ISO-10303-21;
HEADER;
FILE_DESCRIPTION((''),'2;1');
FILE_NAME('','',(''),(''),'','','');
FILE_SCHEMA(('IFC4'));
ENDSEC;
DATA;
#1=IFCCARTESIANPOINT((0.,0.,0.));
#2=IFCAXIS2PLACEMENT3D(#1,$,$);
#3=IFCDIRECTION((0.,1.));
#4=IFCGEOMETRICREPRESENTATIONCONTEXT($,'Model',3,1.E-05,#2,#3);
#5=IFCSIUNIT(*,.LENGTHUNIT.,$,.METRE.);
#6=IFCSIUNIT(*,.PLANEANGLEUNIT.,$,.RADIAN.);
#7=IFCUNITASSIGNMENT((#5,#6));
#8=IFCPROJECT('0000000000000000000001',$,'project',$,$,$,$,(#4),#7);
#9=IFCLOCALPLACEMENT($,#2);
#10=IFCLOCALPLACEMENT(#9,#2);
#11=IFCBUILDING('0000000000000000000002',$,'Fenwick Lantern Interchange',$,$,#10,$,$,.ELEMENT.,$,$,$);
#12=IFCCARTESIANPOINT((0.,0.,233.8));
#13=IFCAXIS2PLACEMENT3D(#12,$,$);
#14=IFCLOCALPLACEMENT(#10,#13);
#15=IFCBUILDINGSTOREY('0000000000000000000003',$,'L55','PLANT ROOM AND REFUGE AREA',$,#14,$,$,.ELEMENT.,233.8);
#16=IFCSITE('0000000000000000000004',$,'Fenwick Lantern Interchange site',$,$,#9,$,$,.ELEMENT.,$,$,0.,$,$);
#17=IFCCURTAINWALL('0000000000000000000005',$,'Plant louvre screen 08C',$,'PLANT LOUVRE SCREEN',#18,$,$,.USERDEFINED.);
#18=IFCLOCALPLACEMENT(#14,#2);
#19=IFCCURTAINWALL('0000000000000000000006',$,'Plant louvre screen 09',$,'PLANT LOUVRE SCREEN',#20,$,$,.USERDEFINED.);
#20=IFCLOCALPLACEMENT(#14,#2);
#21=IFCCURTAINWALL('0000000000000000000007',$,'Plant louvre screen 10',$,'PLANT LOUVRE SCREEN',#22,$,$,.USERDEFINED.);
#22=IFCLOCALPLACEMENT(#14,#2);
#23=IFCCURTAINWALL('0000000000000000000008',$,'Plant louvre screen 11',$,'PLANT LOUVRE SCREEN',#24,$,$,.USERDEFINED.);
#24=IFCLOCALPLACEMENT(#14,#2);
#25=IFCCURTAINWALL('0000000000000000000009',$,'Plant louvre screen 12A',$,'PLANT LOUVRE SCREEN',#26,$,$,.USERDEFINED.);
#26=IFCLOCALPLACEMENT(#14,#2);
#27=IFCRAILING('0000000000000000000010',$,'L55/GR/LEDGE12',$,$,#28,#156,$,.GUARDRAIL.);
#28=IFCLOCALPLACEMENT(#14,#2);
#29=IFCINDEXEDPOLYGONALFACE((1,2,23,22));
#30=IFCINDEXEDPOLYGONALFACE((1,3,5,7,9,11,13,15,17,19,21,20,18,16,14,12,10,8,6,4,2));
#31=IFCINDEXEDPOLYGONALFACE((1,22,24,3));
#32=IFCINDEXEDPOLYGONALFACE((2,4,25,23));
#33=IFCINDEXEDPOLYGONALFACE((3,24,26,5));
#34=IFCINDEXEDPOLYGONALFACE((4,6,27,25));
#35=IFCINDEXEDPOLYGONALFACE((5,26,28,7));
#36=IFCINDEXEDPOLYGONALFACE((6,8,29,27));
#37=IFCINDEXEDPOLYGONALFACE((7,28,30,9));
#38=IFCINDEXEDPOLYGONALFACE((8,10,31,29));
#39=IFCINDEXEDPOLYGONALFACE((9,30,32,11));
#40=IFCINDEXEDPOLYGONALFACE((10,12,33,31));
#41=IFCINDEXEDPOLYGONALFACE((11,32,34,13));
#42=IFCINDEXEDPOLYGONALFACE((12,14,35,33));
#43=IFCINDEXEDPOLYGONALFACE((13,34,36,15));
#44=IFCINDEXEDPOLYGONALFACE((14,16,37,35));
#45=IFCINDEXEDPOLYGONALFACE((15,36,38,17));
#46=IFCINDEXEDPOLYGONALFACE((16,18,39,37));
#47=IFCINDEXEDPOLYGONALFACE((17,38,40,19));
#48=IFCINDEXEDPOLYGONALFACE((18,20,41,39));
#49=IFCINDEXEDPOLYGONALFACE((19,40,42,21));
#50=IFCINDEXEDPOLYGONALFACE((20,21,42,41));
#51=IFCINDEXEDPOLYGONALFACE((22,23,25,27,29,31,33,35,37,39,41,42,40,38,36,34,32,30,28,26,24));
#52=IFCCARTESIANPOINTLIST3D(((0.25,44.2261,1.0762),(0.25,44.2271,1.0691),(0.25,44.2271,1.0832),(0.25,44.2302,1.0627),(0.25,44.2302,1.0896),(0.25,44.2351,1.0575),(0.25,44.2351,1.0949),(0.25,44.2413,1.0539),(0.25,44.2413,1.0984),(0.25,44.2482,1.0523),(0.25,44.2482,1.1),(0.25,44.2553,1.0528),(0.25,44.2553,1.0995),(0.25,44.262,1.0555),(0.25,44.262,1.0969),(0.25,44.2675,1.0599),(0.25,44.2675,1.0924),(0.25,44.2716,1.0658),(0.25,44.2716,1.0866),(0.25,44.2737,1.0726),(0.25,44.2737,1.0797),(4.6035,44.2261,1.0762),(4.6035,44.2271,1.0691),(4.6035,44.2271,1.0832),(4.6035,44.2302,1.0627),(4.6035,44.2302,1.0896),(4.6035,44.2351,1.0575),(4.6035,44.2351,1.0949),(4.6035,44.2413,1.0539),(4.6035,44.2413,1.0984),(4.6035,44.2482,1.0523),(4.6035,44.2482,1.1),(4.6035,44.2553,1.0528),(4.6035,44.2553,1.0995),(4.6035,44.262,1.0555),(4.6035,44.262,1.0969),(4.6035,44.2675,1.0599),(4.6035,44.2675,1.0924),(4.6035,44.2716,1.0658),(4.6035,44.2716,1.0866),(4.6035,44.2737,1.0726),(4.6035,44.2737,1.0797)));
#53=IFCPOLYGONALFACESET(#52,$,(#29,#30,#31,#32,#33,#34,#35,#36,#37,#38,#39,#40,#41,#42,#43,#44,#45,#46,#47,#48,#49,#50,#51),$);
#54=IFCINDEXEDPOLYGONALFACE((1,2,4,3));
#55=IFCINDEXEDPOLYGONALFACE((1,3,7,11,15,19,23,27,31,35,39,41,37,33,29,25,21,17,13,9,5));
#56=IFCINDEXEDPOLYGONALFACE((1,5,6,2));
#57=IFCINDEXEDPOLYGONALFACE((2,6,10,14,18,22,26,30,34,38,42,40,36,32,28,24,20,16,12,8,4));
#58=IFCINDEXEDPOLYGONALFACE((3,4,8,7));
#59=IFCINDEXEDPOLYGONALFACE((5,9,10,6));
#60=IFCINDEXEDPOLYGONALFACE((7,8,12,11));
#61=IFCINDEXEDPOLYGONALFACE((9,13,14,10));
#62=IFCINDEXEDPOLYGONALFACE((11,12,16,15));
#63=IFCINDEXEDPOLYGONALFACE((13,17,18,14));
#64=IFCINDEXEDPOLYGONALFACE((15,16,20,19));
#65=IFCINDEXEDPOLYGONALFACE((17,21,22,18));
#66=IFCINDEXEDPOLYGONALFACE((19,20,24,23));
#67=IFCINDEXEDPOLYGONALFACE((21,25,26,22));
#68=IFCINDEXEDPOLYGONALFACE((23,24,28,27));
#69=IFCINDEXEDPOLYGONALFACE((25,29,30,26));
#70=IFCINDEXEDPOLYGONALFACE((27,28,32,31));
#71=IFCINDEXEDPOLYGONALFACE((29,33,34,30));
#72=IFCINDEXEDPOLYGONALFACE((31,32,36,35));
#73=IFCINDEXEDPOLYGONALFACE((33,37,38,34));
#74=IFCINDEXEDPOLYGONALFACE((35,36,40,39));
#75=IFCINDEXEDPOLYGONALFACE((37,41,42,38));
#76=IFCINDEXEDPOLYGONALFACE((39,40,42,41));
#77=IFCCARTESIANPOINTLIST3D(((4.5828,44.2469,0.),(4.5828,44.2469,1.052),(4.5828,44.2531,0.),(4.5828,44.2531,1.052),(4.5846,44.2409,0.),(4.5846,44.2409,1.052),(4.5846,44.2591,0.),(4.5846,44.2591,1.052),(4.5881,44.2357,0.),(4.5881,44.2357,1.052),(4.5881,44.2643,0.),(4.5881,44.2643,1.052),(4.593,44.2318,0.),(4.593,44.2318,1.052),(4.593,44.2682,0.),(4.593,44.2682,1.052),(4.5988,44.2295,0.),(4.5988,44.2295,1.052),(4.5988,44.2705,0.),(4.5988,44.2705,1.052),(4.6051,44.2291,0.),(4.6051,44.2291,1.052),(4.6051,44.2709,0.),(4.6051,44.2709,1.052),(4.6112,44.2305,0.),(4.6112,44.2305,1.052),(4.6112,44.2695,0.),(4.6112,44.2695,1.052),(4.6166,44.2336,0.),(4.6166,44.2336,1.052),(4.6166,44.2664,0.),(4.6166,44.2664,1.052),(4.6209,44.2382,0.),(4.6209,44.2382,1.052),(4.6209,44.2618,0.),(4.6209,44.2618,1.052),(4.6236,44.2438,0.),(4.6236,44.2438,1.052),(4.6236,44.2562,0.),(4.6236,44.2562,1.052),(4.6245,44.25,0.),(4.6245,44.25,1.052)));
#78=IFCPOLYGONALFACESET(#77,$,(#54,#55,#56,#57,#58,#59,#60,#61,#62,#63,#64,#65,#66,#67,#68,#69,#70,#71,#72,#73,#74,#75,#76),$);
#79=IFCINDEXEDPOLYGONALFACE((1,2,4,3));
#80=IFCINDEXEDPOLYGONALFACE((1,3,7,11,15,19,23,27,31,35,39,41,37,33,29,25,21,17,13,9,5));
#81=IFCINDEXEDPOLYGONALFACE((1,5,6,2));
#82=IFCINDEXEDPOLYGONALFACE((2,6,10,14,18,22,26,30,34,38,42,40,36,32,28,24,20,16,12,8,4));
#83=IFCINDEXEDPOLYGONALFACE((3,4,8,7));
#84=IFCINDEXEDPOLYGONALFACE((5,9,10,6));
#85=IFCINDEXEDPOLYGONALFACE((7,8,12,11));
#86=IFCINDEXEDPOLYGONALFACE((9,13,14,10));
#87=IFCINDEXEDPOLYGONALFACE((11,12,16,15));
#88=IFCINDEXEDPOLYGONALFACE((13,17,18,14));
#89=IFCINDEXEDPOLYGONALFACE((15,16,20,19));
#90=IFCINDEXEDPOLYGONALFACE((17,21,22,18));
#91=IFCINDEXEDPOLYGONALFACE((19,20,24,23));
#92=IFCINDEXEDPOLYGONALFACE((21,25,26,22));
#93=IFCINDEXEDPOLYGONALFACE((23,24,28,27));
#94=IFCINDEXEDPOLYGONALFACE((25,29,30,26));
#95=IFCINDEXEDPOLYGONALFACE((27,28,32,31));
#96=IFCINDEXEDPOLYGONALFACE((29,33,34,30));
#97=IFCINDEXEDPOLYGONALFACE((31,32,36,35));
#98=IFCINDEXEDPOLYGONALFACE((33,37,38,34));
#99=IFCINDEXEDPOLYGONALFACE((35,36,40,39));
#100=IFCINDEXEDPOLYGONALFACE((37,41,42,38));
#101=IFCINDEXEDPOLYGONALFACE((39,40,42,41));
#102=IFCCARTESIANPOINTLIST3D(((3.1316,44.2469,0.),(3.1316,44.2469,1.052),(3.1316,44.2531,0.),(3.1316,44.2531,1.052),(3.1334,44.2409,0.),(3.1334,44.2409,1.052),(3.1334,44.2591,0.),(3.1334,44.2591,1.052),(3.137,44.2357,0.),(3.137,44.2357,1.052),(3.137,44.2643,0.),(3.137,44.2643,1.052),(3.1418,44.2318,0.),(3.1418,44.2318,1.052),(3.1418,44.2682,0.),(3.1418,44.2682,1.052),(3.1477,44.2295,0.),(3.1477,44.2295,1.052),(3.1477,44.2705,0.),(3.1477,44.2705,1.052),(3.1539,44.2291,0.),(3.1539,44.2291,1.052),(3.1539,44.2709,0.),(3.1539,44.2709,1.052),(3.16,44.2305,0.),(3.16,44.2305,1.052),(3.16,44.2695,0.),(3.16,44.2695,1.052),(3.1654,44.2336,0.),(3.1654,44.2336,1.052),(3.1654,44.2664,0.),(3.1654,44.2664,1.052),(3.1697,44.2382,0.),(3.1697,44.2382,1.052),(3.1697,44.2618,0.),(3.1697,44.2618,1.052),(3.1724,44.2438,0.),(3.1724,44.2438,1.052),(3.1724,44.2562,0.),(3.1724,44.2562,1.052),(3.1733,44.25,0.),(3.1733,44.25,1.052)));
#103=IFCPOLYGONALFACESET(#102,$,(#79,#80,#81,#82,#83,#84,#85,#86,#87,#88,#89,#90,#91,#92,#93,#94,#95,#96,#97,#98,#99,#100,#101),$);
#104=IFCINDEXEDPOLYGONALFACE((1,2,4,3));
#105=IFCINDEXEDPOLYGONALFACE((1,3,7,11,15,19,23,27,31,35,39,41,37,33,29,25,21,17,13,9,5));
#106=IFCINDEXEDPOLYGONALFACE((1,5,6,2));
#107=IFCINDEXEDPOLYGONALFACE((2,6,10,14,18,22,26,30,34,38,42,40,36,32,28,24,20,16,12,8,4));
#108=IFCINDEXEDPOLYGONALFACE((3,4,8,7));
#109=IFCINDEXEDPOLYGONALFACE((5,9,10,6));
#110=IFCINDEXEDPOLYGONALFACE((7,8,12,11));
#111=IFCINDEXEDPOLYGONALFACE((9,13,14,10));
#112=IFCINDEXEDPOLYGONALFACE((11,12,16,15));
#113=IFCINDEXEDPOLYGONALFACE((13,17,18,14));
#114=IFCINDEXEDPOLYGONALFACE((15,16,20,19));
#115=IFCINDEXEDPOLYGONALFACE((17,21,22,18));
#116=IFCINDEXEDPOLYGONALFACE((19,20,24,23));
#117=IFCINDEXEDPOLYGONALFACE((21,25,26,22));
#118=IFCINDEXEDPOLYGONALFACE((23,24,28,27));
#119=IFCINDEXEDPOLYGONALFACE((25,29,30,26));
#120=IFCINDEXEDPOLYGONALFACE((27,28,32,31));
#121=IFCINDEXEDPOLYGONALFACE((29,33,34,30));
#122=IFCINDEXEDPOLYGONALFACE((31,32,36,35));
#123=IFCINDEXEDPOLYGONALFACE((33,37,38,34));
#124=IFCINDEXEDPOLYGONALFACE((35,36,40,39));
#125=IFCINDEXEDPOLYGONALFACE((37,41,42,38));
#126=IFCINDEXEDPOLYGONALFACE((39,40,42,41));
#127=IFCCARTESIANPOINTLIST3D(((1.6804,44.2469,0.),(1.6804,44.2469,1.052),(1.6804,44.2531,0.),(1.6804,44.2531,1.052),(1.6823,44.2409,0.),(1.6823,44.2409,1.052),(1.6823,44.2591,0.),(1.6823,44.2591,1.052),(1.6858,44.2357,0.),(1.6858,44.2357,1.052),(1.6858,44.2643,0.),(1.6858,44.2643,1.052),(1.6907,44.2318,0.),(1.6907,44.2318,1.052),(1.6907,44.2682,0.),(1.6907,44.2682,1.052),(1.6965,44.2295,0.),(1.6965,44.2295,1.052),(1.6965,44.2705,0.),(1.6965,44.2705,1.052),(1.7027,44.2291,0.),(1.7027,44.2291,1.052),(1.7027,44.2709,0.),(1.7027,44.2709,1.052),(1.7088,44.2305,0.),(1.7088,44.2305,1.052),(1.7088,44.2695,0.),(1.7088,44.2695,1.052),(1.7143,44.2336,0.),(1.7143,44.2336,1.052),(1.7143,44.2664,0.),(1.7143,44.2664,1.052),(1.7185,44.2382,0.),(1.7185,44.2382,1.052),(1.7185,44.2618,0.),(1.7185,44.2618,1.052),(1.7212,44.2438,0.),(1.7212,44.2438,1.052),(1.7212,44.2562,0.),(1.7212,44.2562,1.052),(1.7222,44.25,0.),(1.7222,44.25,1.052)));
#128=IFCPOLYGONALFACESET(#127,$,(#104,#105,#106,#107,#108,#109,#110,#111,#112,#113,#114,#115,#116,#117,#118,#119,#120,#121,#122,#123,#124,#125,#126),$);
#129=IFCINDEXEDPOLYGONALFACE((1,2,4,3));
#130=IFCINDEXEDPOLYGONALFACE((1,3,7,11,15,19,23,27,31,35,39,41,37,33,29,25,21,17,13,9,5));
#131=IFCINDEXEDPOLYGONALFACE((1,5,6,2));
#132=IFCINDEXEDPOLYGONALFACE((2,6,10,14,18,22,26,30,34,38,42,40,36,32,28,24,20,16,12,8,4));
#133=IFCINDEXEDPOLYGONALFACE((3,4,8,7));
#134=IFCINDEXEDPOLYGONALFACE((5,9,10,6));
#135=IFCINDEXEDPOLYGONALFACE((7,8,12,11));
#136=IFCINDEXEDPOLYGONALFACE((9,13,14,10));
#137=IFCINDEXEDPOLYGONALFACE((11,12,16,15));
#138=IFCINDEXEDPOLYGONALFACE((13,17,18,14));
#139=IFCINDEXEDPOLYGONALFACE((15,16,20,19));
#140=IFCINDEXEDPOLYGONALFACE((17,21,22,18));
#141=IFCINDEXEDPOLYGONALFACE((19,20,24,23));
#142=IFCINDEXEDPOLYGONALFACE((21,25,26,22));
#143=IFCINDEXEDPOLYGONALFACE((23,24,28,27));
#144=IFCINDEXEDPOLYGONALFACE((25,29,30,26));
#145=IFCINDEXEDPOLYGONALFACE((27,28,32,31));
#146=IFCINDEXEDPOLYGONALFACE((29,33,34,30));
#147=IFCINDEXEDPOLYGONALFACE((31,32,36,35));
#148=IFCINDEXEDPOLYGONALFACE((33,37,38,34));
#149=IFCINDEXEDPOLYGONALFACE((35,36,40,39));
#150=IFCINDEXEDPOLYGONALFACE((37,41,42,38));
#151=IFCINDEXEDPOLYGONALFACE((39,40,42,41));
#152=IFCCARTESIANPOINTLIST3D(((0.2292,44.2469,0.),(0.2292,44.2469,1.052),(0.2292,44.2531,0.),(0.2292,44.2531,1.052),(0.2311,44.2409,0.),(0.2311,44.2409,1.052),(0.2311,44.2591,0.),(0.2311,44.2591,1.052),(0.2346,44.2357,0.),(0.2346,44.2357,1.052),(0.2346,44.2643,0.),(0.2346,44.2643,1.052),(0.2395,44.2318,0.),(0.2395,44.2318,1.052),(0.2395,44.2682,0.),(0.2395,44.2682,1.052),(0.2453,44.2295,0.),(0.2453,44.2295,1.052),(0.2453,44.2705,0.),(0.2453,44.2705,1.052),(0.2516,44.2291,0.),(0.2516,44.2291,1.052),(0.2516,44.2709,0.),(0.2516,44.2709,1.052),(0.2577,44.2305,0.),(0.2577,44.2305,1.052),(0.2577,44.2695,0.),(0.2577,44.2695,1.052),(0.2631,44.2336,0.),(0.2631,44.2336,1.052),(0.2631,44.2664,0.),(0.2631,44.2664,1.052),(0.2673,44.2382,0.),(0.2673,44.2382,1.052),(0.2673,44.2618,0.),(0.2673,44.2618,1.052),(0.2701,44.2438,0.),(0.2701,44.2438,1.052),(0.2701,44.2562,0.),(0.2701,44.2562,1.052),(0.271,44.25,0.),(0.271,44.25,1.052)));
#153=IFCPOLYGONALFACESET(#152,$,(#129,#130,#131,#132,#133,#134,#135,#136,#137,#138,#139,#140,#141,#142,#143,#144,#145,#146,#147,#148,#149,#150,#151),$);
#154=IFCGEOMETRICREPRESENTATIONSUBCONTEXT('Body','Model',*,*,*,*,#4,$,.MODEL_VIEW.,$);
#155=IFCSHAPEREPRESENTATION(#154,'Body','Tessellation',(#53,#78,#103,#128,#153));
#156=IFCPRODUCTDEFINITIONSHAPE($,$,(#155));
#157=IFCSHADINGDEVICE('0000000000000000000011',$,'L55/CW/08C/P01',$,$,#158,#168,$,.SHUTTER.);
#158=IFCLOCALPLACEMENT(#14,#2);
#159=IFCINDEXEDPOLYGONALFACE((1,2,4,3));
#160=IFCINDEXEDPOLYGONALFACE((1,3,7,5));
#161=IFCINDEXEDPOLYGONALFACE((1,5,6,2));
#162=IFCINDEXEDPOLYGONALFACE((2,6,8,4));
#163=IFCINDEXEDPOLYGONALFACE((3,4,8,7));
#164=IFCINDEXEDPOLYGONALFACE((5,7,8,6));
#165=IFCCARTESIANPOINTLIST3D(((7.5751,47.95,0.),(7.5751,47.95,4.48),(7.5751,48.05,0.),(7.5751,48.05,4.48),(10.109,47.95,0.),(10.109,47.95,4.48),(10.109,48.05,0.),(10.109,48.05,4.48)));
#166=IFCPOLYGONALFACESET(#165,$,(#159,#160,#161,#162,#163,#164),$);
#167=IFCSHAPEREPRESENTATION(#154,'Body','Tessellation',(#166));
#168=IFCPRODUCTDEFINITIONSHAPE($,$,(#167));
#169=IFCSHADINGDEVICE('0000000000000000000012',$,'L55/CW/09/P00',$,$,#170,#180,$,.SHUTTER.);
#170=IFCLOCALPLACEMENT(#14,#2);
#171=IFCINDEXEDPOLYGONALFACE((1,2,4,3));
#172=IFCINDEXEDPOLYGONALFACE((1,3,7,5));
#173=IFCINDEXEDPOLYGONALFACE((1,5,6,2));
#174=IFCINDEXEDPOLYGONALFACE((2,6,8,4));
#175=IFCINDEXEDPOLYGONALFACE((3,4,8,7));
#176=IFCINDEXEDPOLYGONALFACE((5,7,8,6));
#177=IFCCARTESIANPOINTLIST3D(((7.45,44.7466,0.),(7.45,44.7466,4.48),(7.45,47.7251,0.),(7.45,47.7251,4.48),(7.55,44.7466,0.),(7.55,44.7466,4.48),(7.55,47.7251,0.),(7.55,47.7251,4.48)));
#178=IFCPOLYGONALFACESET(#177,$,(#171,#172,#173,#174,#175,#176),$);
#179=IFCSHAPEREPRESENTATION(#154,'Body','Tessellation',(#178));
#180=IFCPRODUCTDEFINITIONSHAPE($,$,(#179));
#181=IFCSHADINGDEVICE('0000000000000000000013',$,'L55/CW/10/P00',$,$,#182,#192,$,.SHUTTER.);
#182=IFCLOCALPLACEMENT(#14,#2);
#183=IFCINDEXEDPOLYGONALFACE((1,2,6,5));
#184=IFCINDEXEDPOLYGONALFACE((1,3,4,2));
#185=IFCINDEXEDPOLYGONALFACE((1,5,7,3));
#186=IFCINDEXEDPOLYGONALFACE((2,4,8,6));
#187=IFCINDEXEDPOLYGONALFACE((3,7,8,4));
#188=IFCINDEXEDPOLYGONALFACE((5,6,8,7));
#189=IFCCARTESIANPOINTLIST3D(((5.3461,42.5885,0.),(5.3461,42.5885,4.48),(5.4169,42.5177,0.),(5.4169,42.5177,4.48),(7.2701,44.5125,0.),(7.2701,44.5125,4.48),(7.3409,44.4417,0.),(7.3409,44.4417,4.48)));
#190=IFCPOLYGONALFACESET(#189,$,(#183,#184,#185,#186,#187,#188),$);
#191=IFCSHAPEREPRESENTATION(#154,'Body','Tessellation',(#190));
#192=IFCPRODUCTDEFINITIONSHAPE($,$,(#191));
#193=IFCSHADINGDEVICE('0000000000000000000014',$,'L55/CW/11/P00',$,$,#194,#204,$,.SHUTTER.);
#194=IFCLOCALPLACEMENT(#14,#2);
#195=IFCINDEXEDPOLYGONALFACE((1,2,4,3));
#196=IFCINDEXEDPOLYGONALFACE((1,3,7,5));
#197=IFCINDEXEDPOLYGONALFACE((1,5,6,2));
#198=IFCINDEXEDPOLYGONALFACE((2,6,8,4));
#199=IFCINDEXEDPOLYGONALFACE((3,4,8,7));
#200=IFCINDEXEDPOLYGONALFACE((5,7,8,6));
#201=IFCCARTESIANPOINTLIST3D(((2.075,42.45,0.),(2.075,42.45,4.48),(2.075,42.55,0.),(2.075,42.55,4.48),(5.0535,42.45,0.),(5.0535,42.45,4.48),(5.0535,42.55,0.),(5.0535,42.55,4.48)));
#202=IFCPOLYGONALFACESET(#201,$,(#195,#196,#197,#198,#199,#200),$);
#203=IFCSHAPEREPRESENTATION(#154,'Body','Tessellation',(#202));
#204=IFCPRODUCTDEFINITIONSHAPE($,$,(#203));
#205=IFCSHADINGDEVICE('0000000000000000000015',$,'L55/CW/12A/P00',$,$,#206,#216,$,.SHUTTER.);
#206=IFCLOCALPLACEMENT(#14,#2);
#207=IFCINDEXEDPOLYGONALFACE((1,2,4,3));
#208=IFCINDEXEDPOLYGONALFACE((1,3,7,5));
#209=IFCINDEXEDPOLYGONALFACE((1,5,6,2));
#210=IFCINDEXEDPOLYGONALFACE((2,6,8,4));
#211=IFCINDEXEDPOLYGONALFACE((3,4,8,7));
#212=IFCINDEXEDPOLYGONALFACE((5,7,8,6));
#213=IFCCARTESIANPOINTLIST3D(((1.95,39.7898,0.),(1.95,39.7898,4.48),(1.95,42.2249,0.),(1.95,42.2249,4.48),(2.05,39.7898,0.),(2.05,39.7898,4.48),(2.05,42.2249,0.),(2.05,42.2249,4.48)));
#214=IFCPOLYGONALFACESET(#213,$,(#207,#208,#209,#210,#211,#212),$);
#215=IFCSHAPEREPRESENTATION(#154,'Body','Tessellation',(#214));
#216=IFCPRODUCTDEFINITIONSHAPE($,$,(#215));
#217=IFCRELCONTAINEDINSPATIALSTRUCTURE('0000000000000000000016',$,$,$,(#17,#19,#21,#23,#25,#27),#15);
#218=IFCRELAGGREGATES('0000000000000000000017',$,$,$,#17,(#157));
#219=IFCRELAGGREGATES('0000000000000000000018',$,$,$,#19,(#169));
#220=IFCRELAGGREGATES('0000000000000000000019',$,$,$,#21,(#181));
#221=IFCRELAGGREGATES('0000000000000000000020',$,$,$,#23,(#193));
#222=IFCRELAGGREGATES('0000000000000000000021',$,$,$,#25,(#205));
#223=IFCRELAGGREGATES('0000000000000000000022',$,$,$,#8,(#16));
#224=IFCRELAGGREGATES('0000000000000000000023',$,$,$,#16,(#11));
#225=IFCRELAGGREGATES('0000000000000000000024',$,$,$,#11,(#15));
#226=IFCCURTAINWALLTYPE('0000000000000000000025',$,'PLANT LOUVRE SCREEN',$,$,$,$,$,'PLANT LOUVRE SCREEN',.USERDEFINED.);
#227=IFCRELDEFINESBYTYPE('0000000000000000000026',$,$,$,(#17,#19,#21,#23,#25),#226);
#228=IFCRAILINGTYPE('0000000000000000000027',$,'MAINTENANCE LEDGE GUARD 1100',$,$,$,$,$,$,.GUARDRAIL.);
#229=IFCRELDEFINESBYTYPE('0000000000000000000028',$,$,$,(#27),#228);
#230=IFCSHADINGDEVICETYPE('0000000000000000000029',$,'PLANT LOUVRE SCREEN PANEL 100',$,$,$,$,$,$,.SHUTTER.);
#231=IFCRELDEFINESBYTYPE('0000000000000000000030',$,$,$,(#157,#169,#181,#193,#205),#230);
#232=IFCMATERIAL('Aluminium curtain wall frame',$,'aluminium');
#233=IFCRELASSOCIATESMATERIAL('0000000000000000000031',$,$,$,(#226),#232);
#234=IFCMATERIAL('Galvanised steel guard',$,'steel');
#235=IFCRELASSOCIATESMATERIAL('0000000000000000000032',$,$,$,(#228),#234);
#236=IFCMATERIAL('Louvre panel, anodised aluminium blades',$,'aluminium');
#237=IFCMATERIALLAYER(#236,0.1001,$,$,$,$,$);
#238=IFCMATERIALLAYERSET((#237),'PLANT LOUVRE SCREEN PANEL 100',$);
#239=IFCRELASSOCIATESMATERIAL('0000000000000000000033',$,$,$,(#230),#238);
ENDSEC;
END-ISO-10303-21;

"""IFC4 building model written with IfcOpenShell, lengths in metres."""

from ifc_helpers import new_model, si_unit, direction, frame, origin, origin_2d, place, context, subcontext, project, spatial, rectangle, circle, extrude, material, layer, layer_set, type_object, element, aggregate, save


model = new_model("IFC4")

# Units and contexts
model_context = context("Model", 3, precision=1e-05, world=origin(), true_north=direction((0.0, 1.0)))
body_context = subcontext(model_context, "Body", "Model", "MODEL_VIEW")
ifc_project = project(units=[si_unit("LENGTHUNIT", "METRE"), si_unit("PLANEANGLEUNIT", "RADIAN")], contexts=[model_context])

# Site, building, storey
site_placement = place(None, origin())
site = spatial("IfcSite", under=ifc_project, at=site_placement, Name="Fenwick Lantern Interchange site", CompositionType="ELEMENT", RefElevation=0.0)
building_placement = place(site_placement, origin())
building = spatial("IfcBuilding", under=site, at=building_placement, Name="Fenwick Lantern Interchange", CompositionType="ELEMENT")
storey_placement = place(building_placement, frame((0.0, 0.0, 233.8)))
storey = spatial("IfcBuildingStorey", under=building, at=storey_placement, Name="L55", Description="PLANT ROOM AND REFUGE AREA", CompositionType="ELEMENT", Elevation=233.8)

# Curtain wall
ifc_material_1 = material(Name="Aluminium curtain wall frame", Category="aluminium")
curtain_wall_type = type_object("IfcCurtainWallType", Name="PLANT LOUVRE SCREEN", ElementType="PLANT LOUVRE SCREEN", PredefinedType="USERDEFINED", material=ifc_material_1)
curtain_wall_1_placement = place(storey_placement, origin())
curtain_wall_1 = element("IfcCurtainWall", 1, at=curtain_wall_1_placement, inside=storey, type_object=curtain_wall_type, Name="Plant louvre screen 08C", ObjectType="PLANT LOUVRE SCREEN", PredefinedType="USERDEFINED")

# Curtain walls
curtain_wall_2_placement = place(storey_placement, origin())
curtain_wall_2 = element("IfcCurtainWall", 2, at=curtain_wall_2_placement, inside=storey, type_object=curtain_wall_type, Name="Plant louvre screen 09", ObjectType="PLANT LOUVRE SCREEN", PredefinedType="USERDEFINED")
curtain_wall_3_placement = place(storey_placement, origin())
curtain_wall_3 = element("IfcCurtainWall", 3, at=curtain_wall_3_placement, inside=storey, type_object=curtain_wall_type, Name="Plant louvre screen 10", ObjectType="PLANT LOUVRE SCREEN", PredefinedType="USERDEFINED")
curtain_wall_4_placement = place(storey_placement, origin())
curtain_wall_4 = element("IfcCurtainWall", 4, at=curtain_wall_4_placement, inside=storey, type_object=curtain_wall_type, Name="Plant louvre screen 11", ObjectType="PLANT LOUVRE SCREEN", PredefinedType="USERDEFINED")

# Curtain wall
curtain_wall_5_placement = place(storey_placement, origin())
curtain_wall_5 = element("IfcCurtainWall", 5, at=curtain_wall_5_placement, inside=storey, type_object=curtain_wall_type, Name="Plant louvre screen 12A", ObjectType="PLANT LOUVRE SCREEN", PredefinedType="USERDEFINED")

# Railing
ifc_material_2 = material(Name="Galvanised steel guard", Category="steel")
railing_type = type_object("IfcRailingType", Name="MAINTENANCE LEDGE GUARD 1100", PredefinedType="GUARDRAIL", material=ifc_material_2)
railing_1_placement = place(storey_placement, frame((4.6035, 44.25, 0.0)))
element("IfcRailing", 6, at=railing_1_placement, inside=storey, type_object=railing_type, Name="L55/GR/LEDGE12", PredefinedType="GUARDRAIL", context=body_context, shape_type="SweptSolid", body=[
    extrude(circle(Radius=0.0239, at=origin_2d()), frame((0.0, 0.0, 1.0762), z_axis=(-1.0, 0.0, 0.0), x_axis=(0.0, -1.0, 0.0)), (0.0, 0.0, 1.0), 4.3535),
    extrude(circle(Radius=0.021, at=origin_2d()), origin(), (0.0, 0.0, 1.0), 1.052),
    extrude(circle(Radius=0.021, at=origin_2d()), frame((-1.4512, 0.0, 0.0)), (0.0, 0.0, 1.0), 1.052),
    extrude(circle(Radius=0.021, at=origin_2d()), frame((-2.9023, 0.0, 0.0)), (0.0, 0.0, 1.0), 1.052),
    extrude(circle(Radius=0.021, at=origin_2d()), frame((-4.3535, 0.0, 0.0)), (0.0, 0.0, 1.0), 1.052),
])

# Shading devices
ifc_material_3 = material(Name="Louvre panel, anodised aluminium blades", Category="aluminium")
ifc_layer = layer(ifc_material_3, 0.1001)
ifc_layer_set = layer_set([ifc_layer], Name="PLANT LOUVRE SCREEN PANEL 100")
shading_device_type = type_object("IfcShadingDeviceType", Name="PLANT LOUVRE SCREEN PANEL 100", PredefinedType="SHUTTER", material=ifc_layer_set)
shading_device_1_placement = place(storey_placement, frame((8.842, 48.0, 0.0), z_axis=(0.0, 0.0, 1.0), x_axis=(-1.0, 0.0, 0.0)))
shading_device_1 = element("IfcShadingDevice", 7, at=shading_device_1_placement, type_object=shading_device_type, Name="L55/CW/08C/P01", PredefinedType="SHUTTER", context=body_context, shape_type="SweptSolid", body=[
    extrude(rectangle(XDim=2.5339, YDim=0.1001, at=origin_2d()), origin(), (0.0, 0.0, 1.0), 4.48),
])
aggregate(curtain_wall_1, [shading_device_1])
shading_device_2_placement = place(storey_placement, frame((7.5, 46.2358, 0.0), z_axis=(0.0, 0.0, 1.0), x_axis=(0.0, -1.0, 0.0)))
shading_device_2 = element("IfcShadingDevice", 8, at=shading_device_2_placement, type_object=shading_device_type, Name="L55/CW/09/P00", PredefinedType="SHUTTER", context=body_context, shape_type="SweptSolid", body=[
    extrude(rectangle(XDim=2.9785, YDim=0.1001, at=origin_2d()), origin(), (0.0, 0.0, 1.0), 4.48),
])
aggregate(curtain_wall_2, [shading_device_2])
shading_device_3_placement = place(storey_placement, frame((6.3435, 43.5151, 0.0), z_axis=(0.0, 0.0, 1.0), x_axis=(-0.707107, -0.707107, 0.0)))
shading_device_3 = element("IfcShadingDevice", 9, at=shading_device_3_placement, type_object=shading_device_type, Name="L55/CW/10/P00", PredefinedType="SHUTTER", context=body_context, shape_type="SweptSolid", body=[
    extrude(rectangle(XDim=2.7209, YDim=0.1001, at=origin_2d()), origin(), (0.0, 0.0, 1.0), 4.48),
])
aggregate(curtain_wall_3, [shading_device_3])
shading_device_4_placement = place(storey_placement, frame((3.5642, 42.5, 0.0), z_axis=(0.0, 0.0, 1.0), x_axis=(-1.0, 0.0, 0.0)))
shading_device_4 = element("IfcShadingDevice", 10, at=shading_device_4_placement, type_object=shading_device_type, Name="L55/CW/11/P00", PredefinedType="SHUTTER", context=body_context, shape_type="SweptSolid", body=[
    extrude(rectangle(XDim=2.9785, YDim=0.1001, at=origin_2d()), origin(), (0.0, 0.0, 1.0), 4.48),
])
aggregate(curtain_wall_4, [shading_device_4])
shading_device_5_placement = place(storey_placement, frame((2.0, 41.0073, 0.0), z_axis=(0.0, 0.0, 1.0), x_axis=(0.0, -1.0, 0.0)))
shading_device_5 = element("IfcShadingDevice", 11, at=shading_device_5_placement, type_object=shading_device_type, Name="L55/CW/12A/P00", PredefinedType="SHUTTER", context=body_context, shape_type="SweptSolid", body=[
    extrude(rectangle(XDim=2.4351, YDim=0.1001, at=origin_2d()), origin(), (0.0, 0.0, 1.0), 4.48),
])
aggregate(curtain_wall_5, [shading_device_5])

save(model, "model.ifc")
